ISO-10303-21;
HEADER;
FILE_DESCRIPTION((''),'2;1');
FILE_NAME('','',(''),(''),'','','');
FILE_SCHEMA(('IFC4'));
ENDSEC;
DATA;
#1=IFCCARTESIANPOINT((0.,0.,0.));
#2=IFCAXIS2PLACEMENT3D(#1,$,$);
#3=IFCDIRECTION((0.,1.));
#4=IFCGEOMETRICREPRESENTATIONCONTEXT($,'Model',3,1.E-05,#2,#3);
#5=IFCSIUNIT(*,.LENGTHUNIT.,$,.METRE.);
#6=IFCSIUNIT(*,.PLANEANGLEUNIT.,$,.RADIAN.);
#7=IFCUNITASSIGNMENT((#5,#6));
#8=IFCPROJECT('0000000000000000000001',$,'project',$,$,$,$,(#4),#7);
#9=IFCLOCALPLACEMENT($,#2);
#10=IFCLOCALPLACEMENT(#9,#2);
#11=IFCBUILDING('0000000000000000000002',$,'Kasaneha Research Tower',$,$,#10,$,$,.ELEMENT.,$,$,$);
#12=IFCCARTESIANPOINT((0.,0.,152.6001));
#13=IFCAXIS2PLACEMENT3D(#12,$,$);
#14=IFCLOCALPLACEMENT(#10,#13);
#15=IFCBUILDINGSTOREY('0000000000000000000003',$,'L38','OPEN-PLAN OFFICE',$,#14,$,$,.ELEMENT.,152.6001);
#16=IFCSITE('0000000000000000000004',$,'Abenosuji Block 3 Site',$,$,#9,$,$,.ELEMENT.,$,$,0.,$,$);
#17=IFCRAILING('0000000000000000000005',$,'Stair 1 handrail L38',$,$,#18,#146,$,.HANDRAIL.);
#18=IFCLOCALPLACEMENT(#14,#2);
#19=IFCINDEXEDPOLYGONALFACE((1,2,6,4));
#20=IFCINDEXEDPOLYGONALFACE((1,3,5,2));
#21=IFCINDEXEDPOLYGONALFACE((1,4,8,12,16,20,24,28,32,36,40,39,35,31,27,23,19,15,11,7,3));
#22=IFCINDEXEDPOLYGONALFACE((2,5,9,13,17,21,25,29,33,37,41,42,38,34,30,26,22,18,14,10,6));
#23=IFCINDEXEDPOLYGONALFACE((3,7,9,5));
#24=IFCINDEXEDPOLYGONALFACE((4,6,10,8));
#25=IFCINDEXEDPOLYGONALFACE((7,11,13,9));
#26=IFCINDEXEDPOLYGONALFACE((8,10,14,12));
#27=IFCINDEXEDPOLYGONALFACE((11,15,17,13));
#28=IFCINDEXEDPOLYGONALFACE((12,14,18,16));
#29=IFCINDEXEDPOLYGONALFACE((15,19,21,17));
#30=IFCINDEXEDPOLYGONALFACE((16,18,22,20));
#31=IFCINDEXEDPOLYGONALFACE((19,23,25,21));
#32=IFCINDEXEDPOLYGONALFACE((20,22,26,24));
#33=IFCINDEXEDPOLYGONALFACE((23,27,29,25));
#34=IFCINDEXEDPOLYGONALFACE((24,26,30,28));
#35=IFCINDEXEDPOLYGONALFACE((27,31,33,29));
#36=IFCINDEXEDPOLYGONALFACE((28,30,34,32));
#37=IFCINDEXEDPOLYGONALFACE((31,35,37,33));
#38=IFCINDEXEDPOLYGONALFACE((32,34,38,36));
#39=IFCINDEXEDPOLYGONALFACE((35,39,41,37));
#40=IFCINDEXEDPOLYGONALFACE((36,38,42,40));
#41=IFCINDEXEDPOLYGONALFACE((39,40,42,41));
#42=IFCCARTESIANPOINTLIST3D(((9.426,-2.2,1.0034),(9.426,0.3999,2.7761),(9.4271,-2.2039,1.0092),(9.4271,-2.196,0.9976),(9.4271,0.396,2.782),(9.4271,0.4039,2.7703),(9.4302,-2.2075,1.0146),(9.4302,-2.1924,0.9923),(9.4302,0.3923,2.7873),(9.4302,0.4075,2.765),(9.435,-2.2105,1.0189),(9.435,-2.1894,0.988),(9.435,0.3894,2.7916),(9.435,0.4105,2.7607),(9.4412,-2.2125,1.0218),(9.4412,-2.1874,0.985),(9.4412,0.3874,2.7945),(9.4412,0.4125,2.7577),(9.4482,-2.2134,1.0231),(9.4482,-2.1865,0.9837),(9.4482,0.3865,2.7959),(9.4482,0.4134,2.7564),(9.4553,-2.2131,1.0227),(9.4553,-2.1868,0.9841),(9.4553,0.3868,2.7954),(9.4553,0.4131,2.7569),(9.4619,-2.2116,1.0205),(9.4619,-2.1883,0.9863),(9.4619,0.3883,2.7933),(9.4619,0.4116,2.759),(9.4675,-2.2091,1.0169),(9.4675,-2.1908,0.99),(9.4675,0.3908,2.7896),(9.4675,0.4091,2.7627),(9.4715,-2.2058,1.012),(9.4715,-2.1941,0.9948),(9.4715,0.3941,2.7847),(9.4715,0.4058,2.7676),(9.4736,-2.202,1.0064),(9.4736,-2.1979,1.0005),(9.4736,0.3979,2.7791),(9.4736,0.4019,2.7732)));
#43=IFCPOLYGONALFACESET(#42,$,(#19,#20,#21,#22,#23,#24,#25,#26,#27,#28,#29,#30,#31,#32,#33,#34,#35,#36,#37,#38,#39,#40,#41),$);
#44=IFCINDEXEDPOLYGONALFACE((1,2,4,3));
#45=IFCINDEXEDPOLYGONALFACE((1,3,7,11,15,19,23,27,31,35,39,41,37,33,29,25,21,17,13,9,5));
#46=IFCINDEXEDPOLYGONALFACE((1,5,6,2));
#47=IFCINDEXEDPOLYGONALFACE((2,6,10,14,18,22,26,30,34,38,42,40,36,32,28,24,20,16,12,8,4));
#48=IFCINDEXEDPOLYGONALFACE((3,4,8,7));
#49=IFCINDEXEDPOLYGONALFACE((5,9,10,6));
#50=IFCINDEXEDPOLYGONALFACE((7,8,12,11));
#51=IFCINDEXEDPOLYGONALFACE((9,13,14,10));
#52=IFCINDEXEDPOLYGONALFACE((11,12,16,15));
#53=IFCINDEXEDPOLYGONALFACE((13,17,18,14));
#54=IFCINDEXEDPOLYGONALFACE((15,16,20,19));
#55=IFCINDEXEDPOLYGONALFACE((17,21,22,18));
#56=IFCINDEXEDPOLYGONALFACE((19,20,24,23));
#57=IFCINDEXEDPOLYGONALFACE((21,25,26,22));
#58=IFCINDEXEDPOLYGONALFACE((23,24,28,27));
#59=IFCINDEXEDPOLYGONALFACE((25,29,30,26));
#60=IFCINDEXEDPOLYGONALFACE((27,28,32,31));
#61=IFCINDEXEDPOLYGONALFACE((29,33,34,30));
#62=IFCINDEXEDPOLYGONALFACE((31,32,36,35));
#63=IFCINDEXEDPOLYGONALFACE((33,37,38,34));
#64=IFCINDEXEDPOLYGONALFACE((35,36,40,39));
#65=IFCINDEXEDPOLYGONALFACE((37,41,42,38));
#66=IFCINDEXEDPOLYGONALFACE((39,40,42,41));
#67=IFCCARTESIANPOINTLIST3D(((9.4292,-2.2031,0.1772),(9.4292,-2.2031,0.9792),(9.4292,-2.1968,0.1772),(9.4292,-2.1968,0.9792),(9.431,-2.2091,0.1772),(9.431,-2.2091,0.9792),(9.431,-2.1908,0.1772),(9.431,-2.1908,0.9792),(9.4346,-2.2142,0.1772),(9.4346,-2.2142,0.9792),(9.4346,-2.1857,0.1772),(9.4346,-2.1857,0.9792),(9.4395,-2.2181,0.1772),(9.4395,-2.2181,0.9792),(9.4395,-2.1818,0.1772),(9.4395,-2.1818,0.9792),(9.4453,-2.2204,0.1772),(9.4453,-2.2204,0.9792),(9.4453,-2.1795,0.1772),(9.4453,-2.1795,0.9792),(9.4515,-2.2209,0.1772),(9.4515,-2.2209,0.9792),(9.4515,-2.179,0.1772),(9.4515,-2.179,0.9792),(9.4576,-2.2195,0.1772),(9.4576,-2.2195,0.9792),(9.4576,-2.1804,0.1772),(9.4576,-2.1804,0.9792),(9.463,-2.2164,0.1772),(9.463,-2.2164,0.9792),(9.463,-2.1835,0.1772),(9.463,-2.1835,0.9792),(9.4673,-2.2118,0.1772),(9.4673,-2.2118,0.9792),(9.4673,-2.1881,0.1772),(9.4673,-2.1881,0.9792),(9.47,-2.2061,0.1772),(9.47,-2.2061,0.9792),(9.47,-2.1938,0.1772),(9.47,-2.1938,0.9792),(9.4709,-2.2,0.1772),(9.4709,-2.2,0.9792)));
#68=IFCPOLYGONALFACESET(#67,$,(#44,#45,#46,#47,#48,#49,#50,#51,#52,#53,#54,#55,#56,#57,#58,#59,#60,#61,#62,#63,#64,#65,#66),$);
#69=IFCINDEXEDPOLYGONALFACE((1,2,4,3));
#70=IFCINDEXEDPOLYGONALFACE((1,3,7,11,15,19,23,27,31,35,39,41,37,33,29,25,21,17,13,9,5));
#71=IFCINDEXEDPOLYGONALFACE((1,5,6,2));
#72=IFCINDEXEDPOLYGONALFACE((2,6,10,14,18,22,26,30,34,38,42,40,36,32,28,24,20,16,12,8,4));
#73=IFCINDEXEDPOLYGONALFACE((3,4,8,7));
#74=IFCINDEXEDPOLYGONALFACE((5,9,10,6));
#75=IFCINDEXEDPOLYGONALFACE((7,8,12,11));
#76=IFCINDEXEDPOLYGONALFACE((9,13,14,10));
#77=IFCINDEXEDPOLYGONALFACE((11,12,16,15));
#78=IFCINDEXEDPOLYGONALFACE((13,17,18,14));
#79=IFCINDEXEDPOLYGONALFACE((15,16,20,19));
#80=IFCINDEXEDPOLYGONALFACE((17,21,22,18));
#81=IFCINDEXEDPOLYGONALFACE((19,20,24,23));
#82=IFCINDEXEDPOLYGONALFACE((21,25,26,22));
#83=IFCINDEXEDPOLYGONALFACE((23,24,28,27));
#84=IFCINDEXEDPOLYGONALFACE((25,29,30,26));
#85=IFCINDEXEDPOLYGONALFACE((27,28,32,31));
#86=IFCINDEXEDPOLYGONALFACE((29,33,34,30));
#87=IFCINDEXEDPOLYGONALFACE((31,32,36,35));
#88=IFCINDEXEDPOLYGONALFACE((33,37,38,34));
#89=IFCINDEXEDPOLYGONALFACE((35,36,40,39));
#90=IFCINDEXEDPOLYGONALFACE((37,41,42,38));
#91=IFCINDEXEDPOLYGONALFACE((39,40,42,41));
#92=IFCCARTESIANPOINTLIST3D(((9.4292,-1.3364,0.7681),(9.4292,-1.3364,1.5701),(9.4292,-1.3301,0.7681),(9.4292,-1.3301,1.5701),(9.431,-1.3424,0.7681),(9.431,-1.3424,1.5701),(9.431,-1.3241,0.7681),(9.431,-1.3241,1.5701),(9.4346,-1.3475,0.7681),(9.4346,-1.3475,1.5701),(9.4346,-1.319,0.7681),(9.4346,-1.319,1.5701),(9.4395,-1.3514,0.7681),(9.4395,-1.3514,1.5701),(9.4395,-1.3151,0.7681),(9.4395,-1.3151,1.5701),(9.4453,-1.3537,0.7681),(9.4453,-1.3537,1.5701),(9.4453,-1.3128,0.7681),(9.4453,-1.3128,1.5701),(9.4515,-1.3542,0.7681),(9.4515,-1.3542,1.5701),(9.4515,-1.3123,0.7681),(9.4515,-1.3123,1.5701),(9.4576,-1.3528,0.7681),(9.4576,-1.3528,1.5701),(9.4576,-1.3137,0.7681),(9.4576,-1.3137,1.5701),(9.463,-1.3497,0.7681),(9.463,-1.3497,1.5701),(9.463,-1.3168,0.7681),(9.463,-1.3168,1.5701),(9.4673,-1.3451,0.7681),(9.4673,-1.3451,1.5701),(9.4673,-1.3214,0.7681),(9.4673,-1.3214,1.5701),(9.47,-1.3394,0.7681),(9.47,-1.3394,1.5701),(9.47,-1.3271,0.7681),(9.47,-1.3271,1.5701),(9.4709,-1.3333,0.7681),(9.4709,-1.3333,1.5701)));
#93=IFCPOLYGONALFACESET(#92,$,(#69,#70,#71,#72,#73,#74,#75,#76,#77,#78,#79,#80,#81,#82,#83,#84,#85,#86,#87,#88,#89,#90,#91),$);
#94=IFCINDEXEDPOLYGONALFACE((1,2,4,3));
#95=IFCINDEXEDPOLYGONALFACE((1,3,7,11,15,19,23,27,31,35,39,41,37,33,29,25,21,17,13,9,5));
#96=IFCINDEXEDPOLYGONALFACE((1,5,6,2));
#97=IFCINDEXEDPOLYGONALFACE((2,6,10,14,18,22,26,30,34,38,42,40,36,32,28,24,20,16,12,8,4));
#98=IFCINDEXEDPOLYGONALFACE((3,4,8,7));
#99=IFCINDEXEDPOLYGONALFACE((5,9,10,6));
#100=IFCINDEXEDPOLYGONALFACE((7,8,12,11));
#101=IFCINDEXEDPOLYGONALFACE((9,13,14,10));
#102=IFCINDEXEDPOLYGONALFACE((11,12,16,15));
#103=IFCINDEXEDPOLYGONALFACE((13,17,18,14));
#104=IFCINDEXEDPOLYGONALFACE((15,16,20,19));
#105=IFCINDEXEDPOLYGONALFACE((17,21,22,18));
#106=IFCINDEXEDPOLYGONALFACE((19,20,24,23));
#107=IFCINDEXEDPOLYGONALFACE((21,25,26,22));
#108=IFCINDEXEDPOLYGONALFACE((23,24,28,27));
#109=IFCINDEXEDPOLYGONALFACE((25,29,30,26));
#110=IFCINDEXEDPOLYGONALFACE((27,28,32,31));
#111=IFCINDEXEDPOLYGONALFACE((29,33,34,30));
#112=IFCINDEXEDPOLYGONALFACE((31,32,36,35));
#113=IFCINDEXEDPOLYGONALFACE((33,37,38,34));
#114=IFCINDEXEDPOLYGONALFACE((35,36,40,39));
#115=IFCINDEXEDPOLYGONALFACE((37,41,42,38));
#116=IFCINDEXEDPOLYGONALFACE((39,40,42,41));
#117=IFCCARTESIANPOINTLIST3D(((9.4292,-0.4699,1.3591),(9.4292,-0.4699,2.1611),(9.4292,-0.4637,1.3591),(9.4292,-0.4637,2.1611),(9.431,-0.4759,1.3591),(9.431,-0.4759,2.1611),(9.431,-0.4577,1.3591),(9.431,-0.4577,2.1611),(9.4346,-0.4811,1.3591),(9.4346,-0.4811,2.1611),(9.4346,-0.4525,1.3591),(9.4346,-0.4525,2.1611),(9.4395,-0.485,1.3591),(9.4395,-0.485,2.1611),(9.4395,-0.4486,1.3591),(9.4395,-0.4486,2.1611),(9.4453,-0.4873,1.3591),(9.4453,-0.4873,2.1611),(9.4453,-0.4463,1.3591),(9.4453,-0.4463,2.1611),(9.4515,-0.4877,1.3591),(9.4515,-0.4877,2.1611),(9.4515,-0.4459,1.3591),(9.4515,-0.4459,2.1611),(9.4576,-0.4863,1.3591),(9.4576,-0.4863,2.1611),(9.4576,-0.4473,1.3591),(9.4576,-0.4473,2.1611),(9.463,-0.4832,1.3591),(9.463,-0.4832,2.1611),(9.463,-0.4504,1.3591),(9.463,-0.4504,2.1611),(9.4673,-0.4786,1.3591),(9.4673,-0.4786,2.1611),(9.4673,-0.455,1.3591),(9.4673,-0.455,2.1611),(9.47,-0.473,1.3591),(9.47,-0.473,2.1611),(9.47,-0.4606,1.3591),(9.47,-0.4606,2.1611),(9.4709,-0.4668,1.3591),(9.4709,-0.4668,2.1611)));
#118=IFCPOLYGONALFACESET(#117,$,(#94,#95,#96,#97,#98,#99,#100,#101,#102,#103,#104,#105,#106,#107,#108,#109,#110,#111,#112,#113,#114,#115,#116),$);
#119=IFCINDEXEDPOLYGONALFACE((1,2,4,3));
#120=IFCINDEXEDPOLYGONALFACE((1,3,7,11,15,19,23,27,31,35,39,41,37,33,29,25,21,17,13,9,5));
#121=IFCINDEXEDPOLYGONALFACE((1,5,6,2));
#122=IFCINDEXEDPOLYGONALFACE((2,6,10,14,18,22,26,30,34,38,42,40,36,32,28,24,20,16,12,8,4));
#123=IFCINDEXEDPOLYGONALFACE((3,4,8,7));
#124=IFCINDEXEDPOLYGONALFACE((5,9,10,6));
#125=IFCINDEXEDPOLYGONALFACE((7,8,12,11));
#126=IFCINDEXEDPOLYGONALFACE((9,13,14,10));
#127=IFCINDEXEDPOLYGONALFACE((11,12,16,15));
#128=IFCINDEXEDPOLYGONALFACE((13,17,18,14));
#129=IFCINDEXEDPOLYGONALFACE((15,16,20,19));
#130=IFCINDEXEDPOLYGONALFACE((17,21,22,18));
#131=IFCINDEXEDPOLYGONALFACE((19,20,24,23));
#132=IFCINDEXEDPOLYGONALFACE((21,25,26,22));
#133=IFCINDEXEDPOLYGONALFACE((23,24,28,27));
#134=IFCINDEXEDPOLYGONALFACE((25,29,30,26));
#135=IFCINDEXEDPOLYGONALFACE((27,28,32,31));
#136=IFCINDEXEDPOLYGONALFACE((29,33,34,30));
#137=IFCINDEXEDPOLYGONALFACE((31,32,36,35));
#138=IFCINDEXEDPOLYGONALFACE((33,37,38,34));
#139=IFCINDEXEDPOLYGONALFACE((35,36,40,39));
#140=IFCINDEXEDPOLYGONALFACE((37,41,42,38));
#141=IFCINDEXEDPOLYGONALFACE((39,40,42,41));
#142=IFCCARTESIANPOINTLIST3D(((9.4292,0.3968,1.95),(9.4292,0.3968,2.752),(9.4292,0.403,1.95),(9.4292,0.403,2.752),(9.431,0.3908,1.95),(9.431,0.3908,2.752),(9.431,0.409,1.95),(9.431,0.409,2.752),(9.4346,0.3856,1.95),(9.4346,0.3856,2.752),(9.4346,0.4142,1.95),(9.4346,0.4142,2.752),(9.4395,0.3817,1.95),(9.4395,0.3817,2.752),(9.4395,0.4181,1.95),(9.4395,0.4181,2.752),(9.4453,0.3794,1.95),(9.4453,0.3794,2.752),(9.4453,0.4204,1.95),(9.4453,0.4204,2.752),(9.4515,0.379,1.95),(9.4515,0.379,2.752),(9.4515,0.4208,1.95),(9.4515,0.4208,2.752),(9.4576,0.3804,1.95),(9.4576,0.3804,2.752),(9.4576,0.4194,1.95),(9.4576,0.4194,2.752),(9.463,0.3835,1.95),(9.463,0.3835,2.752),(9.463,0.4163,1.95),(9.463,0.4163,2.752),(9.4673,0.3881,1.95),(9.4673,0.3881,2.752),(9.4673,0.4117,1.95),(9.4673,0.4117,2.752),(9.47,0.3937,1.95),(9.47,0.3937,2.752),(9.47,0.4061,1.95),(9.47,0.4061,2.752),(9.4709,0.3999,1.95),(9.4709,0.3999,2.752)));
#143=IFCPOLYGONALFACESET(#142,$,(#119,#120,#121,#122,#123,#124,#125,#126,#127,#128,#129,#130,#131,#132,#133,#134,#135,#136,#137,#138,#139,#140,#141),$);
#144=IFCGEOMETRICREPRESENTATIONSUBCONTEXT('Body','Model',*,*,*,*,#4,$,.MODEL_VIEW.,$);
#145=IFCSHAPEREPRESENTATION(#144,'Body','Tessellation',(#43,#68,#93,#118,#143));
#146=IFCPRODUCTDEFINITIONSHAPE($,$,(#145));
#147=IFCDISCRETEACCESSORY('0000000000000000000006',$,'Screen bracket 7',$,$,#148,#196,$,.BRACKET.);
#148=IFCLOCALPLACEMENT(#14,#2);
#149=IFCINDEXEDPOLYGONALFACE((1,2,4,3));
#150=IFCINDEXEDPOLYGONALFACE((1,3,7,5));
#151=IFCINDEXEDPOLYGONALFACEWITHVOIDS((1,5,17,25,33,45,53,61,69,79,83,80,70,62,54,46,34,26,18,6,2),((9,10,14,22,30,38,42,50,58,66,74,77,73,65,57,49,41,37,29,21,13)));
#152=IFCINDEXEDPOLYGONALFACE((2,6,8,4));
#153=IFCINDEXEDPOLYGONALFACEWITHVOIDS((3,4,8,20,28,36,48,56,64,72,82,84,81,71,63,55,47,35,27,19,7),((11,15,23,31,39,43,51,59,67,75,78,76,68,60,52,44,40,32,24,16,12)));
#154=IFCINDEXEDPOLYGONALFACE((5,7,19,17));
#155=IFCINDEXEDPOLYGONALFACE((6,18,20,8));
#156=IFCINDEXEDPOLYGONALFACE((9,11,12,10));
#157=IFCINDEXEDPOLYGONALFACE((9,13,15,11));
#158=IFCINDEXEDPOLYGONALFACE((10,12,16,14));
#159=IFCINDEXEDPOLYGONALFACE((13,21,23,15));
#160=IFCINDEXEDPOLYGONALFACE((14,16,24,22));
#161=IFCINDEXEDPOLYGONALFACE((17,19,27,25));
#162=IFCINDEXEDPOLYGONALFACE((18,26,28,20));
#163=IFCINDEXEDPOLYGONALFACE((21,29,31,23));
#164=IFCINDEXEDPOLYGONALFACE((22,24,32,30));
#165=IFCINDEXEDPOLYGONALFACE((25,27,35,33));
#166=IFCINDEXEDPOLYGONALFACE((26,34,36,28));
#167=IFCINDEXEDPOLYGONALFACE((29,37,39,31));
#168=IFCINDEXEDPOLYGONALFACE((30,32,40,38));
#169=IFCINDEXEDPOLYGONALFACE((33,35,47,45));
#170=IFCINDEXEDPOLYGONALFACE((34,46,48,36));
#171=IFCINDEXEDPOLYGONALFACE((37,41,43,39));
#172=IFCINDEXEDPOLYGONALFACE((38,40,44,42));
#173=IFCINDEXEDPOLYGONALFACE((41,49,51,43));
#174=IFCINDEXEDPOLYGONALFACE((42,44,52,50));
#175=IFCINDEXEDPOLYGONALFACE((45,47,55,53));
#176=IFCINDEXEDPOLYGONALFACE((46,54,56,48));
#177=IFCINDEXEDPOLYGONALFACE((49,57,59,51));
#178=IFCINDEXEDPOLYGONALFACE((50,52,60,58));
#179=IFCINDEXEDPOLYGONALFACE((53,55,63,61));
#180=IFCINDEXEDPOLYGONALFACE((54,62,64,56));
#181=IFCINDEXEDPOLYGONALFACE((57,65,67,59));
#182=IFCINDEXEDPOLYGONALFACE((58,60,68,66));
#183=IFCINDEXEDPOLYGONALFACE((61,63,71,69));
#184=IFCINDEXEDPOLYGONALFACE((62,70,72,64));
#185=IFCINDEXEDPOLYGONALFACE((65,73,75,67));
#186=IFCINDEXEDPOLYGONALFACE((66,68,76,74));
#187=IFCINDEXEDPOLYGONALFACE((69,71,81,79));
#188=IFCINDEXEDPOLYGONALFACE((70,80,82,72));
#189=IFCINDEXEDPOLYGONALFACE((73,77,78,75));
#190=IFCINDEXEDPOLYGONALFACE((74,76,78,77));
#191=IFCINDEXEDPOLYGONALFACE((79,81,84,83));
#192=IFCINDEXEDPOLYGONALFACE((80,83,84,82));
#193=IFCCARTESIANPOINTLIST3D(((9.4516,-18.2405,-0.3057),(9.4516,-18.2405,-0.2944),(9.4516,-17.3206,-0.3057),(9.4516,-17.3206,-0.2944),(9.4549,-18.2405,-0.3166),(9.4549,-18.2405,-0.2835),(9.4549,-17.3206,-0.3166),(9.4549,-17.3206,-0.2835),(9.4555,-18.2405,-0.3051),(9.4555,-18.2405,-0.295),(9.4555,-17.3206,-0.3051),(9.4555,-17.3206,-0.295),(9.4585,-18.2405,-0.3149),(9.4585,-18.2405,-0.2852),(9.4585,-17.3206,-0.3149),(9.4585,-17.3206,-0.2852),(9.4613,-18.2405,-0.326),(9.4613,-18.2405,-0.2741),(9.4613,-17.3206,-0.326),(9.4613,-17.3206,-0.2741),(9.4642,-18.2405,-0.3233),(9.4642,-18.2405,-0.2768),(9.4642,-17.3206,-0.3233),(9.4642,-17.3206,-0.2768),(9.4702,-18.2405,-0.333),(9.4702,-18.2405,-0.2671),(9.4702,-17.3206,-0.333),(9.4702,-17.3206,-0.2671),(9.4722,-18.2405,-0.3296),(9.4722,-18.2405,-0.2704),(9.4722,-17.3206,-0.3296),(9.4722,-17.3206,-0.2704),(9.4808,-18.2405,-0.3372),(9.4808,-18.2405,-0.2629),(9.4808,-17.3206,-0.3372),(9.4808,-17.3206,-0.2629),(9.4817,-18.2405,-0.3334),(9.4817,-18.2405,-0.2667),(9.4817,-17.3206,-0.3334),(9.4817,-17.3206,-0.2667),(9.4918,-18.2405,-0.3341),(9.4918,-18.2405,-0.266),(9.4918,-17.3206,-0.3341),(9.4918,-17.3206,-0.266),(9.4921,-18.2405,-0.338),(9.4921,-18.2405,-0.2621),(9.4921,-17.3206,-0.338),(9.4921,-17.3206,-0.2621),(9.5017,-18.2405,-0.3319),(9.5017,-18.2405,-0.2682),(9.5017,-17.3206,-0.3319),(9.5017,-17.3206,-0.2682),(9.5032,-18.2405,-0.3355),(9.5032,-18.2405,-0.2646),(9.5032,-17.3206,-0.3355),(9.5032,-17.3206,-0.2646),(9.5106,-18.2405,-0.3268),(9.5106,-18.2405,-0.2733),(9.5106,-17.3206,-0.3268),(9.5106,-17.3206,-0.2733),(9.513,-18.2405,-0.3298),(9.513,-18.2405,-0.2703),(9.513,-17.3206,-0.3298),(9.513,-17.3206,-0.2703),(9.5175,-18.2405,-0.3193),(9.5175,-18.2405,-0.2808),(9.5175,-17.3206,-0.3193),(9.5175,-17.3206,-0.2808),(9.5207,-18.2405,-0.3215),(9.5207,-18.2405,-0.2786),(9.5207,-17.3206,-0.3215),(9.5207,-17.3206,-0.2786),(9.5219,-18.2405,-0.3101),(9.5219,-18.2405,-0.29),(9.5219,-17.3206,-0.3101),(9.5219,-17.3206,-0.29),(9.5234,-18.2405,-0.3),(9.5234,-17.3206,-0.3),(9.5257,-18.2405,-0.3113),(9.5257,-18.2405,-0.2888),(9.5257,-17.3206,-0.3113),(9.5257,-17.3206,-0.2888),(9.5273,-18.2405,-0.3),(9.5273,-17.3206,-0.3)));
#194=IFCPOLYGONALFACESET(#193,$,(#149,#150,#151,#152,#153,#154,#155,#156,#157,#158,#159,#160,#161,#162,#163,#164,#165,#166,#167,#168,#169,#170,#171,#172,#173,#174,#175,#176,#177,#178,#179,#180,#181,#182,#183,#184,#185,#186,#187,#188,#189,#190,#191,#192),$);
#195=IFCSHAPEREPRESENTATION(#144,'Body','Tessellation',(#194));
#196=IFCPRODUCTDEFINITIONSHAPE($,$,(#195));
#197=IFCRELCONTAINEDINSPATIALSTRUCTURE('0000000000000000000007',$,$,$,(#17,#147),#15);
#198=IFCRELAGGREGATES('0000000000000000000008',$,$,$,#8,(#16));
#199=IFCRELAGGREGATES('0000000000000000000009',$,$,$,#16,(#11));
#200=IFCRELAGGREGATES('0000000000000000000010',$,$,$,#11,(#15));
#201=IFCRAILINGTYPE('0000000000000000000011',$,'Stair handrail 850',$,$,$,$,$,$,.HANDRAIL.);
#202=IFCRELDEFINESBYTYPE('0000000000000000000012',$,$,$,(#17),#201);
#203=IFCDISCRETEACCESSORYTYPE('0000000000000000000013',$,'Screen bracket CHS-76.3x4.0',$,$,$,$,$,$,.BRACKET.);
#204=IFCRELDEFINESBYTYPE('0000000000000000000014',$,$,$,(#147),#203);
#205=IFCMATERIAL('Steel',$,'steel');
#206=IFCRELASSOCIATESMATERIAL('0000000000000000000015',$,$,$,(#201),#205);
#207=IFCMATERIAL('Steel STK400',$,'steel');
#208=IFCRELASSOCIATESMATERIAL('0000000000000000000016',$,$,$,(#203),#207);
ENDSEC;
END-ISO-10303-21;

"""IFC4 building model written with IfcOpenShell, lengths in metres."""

from ifc_helpers import new_model, si_unit, direction, frame, origin, origin_2d, place, context, subcontext, project, spatial, circle, hollow_circle, extrude, material, material_profile, profile_set, type_object, element, save


model = new_model("IFC4")

# Units and contexts
model_context = context("Model", 3, precision=1e-05, world=origin(), true_north=direction((0.0, 1.0)))
body_context = subcontext(model_context, "Body", "Model", "MODEL_VIEW")
ifc_project = project(units=[si_unit("LENGTHUNIT", "METRE"), si_unit("PLANEANGLEUNIT", "RADIAN")], contexts=[model_context])

# Site, building, storey
site_placement = place(None, origin())
site = spatial("IfcSite", under=ifc_project, at=site_placement, Name="Abenosuji Block 3 Site", CompositionType="ELEMENT", RefElevation=0.0)
building_placement = place(site_placement, origin())
building = spatial("IfcBuilding", under=site, at=building_placement, Name="Kasaneha Research Tower", CompositionType="ELEMENT")
storey_placement = place(building_placement, frame((0.0, 0.0, 152.6001)))
storey = spatial("IfcBuildingStorey", under=building, at=storey_placement, Name="L38", Description="OPEN-PLAN OFFICE", CompositionType="ELEMENT", Elevation=152.6001)

# Railing
ifc_material_1 = material(Name="Steel", Category="steel")
railing_type = type_object("IfcRailingType", Name="Stair handrail 850", PredefinedType="HANDRAIL", material=ifc_material_1)
railing_placement = place(storey_placement, frame((9.45, -2.2, 0.1772)))
element("IfcRailing", 1, at=railing_placement, inside=storey, type_object=railing_type, Name="Stair 1 handrail L38", PredefinedType="HANDRAIL", context=body_context, shape_type="SweptSolid", body=[
    extrude(circle(Radius=0.0239, at=origin_2d()), frame((0.0, 0.0, 0.8262), z_axis=(0.0, 0.826216, 0.563354), x_axis=(-1.0, 0.0, 0.0)), (0.0, 0.0, 1.0), 3.1467),
    extrude(circle(Radius=0.021, at=origin_2d()), origin(), (0.0, 0.0, 1.0), 0.802),
    extrude(circle(Radius=0.021, at=origin_2d()), frame((0.0, 0.8667, 0.5908)), (0.0, 0.0, 1.0), 0.802),
    extrude(circle(Radius=0.021, at=origin_2d()), frame((0.0, 1.7332, 1.1819)), (0.0, 0.0, 1.0), 0.802),
    extrude(circle(Radius=0.021, at=origin_2d()), frame((0.0, 2.5999, 1.7727)), (0.0, 0.0, 1.0), 0.802),
])

# Discrete accessory
ifc_material_2 = material(Name="Steel STK400", Category="steel")
ifc_material_profile_1 = material_profile(ifc_material_2, hollow_circle(Radius=0.0381, WallThickness=0.0039, at=origin_2d()), Name="CHS-76.3x4.0")
ifc_profile_set_1 = profile_set([ifc_material_profile_1], Name="Steel STK400")
discrete_accessory_type = type_object("IfcDiscreteAccessoryType", Name="Screen bracket CHS-76.3x4.0", PredefinedType="BRACKET", material=ifc_profile_set_1)
discrete_accessory_placement = place(storey_placement, frame((9.4893, -17.3206, -0.3), z_axis=(0.0, -1.0, 0.0), x_axis=(1.0, 0.0, 0.0)))
element("IfcDiscreteAccessory", 2, at=discrete_accessory_placement, inside=storey, type_object=discrete_accessory_type, Name="Screen bracket 7", PredefinedType="BRACKET", context=body_context, shape_type="SweptSolid", body=[
    extrude(hollow_circle(Radius=0.0381, WallThickness=0.0039, at=origin_2d()), origin(), (0.0, 0.0, 1.0), 0.9199),
])

save(model, "model.ifc")
